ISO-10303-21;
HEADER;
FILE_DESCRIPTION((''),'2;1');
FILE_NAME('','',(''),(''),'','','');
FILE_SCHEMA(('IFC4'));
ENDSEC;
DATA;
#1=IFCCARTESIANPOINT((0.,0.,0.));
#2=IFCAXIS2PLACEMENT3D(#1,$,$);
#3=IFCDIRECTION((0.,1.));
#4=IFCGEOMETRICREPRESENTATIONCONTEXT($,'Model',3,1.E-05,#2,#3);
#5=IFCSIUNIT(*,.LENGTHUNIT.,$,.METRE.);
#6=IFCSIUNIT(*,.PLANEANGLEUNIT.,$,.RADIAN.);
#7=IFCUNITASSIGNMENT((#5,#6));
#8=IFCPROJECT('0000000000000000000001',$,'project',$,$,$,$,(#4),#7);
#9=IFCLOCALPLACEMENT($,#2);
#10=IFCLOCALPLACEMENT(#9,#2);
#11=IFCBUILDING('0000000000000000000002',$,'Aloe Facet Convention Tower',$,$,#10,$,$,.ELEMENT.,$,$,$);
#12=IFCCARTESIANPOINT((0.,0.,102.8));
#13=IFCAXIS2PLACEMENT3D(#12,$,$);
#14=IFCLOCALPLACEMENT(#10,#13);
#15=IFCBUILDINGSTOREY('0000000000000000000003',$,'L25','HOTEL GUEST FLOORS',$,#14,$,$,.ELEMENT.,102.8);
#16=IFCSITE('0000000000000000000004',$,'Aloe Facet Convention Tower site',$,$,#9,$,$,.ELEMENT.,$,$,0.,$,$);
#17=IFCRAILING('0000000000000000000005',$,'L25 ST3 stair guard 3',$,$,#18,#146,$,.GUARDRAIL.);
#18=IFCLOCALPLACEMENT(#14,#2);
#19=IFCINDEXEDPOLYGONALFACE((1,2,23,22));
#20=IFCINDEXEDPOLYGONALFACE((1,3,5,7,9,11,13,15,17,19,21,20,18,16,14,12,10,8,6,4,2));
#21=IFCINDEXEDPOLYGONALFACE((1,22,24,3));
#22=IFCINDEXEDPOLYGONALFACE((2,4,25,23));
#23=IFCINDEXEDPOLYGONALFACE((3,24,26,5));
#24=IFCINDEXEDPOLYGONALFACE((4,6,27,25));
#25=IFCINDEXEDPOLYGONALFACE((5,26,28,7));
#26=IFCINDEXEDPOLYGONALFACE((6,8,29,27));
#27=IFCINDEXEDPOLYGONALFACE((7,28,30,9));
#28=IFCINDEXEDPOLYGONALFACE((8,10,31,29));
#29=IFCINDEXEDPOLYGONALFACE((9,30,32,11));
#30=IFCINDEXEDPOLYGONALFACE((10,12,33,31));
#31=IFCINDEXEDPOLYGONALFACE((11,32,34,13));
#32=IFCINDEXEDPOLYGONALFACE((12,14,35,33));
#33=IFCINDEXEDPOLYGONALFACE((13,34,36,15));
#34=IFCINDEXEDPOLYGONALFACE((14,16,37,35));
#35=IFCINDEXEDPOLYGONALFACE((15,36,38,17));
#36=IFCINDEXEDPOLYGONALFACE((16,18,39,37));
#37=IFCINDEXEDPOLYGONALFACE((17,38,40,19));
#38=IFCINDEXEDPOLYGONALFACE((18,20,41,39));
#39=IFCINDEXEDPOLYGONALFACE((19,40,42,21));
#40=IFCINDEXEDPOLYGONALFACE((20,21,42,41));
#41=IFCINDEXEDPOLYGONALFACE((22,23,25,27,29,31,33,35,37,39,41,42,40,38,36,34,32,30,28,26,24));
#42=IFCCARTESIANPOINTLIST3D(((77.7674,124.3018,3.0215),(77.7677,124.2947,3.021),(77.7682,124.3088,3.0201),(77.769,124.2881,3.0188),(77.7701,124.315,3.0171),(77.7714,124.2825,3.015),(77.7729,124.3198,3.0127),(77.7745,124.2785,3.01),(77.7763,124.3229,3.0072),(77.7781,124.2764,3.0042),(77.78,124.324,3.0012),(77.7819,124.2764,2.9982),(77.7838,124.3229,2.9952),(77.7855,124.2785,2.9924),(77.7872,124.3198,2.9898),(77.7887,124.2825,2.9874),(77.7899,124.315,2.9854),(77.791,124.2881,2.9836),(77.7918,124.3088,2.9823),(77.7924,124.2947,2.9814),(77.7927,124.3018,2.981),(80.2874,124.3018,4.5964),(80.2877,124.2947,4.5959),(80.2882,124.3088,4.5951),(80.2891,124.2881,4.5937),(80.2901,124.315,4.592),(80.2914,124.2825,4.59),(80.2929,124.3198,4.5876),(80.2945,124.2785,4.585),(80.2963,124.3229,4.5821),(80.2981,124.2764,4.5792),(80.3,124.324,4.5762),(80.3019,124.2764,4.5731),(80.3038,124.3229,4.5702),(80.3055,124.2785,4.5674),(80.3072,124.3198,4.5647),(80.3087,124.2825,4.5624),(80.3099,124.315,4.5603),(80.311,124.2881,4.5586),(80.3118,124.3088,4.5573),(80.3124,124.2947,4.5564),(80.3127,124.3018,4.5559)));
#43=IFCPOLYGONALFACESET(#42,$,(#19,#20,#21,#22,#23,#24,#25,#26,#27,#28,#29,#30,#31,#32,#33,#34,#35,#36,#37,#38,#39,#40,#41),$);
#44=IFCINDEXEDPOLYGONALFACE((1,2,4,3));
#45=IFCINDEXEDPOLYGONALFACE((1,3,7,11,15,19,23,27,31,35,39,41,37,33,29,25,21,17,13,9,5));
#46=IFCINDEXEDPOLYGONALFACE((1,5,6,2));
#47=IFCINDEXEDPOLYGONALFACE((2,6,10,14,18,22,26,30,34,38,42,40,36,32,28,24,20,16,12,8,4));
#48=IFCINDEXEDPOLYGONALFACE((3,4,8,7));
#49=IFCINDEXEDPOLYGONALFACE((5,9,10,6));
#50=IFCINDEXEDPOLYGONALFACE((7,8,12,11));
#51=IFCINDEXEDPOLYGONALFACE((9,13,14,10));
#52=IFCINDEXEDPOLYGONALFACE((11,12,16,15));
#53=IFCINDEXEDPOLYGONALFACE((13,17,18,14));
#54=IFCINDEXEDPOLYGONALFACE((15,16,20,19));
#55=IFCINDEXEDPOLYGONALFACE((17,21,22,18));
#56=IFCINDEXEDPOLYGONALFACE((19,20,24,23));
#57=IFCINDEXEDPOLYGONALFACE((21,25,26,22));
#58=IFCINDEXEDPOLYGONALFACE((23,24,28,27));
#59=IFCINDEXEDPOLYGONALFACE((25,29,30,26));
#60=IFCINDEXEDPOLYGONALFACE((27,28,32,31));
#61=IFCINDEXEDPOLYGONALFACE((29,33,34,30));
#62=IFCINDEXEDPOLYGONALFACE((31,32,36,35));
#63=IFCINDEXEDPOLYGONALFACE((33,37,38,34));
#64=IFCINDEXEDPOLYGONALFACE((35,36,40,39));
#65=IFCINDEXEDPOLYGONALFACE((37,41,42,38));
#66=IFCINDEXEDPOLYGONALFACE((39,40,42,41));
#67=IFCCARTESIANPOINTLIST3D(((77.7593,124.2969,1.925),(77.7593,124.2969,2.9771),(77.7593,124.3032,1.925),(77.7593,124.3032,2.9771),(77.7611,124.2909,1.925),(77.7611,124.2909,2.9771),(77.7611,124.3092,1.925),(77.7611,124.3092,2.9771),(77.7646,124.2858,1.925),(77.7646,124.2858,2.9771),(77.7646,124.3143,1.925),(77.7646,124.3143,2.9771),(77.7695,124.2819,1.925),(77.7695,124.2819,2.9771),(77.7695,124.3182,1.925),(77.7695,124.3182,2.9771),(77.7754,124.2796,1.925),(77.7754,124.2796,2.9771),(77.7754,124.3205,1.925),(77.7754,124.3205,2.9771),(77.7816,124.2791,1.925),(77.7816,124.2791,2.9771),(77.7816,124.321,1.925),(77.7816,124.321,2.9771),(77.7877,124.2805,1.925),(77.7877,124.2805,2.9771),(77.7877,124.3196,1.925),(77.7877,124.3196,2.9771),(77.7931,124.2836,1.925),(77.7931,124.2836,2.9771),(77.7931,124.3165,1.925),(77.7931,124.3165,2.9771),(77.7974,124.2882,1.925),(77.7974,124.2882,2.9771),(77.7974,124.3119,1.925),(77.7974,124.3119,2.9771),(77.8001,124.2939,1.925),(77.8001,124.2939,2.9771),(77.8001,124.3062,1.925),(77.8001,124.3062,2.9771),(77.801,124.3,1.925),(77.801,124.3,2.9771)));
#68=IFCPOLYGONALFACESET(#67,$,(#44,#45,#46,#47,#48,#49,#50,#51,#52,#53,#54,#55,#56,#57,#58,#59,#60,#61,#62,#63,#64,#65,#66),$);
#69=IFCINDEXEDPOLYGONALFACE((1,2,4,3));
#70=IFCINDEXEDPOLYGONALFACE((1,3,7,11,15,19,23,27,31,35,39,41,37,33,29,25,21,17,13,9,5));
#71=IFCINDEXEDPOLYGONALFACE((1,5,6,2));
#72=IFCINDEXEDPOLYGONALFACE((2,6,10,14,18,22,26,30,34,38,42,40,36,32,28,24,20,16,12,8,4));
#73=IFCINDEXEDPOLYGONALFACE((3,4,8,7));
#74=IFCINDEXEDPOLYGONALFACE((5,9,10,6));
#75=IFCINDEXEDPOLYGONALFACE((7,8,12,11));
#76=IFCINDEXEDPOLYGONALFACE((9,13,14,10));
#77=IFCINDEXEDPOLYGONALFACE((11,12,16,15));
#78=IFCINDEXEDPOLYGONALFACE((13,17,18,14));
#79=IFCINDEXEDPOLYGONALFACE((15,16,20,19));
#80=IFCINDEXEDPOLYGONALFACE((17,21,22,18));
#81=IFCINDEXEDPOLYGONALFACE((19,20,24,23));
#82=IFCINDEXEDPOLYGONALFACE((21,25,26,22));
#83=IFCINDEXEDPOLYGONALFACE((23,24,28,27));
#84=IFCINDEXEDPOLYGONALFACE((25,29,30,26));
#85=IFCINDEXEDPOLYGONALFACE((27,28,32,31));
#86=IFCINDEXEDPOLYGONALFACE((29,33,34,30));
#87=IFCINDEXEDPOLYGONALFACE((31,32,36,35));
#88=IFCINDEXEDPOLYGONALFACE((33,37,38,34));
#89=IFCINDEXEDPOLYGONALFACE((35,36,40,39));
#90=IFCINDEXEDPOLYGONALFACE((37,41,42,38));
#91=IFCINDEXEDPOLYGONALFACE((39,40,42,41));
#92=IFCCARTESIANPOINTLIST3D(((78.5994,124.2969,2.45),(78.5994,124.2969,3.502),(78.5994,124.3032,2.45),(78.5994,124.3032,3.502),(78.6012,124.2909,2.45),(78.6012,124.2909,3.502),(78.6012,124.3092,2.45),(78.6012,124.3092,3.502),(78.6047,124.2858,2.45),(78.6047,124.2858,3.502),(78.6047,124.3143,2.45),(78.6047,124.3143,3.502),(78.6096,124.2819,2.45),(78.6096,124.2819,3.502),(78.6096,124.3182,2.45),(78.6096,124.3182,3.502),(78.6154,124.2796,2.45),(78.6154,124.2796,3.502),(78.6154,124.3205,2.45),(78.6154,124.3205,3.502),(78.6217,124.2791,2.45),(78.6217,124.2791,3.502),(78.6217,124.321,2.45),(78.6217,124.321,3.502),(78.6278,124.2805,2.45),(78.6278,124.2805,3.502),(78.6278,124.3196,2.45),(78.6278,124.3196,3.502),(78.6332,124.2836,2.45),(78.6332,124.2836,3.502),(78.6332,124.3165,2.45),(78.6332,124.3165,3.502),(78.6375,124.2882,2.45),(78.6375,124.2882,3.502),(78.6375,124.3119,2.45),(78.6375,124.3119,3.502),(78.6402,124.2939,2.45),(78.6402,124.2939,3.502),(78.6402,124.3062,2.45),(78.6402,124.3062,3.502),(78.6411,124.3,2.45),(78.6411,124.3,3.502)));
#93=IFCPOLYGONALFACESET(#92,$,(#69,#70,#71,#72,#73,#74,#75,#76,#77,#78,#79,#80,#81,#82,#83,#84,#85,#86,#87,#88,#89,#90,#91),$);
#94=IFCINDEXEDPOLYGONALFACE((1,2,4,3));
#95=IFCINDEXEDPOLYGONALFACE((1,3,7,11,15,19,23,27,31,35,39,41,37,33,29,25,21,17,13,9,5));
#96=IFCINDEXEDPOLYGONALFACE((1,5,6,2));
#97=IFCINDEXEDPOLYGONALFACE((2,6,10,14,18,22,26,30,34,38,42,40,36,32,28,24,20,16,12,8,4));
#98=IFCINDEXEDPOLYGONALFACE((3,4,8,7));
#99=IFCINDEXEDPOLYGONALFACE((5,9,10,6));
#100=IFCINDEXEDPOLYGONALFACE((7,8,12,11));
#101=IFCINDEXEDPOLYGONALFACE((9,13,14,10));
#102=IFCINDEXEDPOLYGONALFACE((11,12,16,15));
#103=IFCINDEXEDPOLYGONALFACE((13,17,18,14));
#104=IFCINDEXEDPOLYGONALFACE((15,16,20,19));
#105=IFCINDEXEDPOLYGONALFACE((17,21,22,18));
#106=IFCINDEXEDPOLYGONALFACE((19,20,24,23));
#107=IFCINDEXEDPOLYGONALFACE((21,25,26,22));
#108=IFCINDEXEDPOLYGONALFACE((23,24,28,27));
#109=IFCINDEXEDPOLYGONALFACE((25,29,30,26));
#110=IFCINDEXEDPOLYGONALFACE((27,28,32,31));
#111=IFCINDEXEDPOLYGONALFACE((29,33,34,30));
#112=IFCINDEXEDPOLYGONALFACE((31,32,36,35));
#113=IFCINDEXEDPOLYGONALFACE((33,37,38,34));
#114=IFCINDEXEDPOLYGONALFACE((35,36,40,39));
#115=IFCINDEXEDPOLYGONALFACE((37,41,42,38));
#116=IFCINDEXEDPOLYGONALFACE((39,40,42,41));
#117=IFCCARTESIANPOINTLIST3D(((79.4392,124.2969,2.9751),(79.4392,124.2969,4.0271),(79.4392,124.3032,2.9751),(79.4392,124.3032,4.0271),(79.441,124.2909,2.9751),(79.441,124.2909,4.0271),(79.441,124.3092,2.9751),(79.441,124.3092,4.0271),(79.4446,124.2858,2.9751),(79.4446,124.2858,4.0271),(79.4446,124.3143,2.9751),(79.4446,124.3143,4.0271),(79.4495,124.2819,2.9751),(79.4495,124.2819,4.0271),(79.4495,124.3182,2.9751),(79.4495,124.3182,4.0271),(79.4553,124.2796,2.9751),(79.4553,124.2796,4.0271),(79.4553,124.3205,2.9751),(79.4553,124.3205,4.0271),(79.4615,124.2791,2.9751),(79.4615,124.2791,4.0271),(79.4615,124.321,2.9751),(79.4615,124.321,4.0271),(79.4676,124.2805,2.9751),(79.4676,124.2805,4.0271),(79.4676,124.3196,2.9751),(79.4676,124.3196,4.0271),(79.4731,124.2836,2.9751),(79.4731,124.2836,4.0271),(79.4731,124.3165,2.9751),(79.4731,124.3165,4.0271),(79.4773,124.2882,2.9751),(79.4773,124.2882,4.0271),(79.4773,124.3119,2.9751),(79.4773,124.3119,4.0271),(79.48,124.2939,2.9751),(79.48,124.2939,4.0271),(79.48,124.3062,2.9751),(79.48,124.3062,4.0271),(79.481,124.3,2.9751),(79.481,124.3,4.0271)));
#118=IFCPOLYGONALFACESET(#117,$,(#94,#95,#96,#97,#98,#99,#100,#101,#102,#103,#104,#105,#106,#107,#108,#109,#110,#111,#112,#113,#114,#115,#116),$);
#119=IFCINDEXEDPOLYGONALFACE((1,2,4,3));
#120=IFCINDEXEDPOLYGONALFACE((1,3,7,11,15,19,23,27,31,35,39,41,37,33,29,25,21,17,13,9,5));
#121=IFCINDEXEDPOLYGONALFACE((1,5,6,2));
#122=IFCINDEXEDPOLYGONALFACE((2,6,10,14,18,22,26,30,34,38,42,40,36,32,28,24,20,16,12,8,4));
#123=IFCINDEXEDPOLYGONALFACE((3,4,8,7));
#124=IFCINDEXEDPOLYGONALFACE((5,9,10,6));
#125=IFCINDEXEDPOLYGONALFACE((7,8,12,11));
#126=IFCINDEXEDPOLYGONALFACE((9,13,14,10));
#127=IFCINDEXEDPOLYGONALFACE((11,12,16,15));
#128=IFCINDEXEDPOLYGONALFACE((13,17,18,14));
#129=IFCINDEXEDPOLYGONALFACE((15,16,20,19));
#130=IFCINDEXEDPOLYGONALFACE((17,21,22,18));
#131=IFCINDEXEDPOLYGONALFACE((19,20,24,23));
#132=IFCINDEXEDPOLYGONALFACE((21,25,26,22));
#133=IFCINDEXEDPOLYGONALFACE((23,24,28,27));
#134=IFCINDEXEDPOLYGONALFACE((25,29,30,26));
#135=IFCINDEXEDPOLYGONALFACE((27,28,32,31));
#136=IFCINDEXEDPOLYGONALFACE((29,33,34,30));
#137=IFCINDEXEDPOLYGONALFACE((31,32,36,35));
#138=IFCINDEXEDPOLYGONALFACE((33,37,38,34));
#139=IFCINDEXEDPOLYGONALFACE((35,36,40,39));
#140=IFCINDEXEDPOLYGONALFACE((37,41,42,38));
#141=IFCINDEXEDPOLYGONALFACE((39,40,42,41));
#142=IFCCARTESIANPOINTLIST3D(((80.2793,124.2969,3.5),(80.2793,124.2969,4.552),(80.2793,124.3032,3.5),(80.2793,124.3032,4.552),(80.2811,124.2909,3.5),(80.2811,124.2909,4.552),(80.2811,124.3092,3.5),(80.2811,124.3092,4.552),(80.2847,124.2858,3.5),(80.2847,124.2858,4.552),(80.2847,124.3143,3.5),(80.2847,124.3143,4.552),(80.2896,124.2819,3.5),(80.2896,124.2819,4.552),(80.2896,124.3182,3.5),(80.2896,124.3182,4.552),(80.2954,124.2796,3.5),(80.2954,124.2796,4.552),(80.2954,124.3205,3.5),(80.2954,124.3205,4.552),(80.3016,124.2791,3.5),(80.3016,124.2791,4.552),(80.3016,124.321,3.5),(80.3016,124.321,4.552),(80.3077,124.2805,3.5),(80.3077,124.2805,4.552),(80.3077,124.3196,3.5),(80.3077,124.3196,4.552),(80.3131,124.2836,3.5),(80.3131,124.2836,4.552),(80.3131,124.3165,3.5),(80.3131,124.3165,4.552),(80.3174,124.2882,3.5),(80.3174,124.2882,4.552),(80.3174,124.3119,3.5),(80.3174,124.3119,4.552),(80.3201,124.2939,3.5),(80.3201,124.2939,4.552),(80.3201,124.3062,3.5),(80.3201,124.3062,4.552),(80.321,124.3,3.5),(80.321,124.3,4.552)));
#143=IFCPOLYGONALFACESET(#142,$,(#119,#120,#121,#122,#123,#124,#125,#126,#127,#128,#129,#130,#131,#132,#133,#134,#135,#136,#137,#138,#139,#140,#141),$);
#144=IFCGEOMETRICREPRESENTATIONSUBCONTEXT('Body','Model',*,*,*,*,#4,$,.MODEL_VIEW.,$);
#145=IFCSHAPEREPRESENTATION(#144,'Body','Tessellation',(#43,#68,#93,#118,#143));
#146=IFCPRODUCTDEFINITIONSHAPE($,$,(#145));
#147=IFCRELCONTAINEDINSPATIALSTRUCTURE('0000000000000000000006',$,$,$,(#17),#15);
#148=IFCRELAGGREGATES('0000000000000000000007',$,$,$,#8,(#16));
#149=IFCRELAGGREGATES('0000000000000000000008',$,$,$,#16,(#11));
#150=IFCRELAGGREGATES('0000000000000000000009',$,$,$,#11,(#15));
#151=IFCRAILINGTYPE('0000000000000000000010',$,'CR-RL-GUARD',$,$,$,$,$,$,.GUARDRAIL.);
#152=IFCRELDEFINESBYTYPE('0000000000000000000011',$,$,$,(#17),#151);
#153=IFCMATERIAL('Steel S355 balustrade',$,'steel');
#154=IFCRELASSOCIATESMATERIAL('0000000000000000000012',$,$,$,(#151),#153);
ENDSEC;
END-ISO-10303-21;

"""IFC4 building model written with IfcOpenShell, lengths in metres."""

from ifc_helpers import new_model, si_unit, direction, frame, origin, origin_2d, place, context, subcontext, project, spatial, circle, extrude, material, type_object, element, save


model = new_model("IFC4")

# Units and contexts
model_context = context("Model", 3, precision=1e-05, world=origin(), true_north=direction((0.0, 1.0)))
body_context = subcontext(model_context, "Body", "Model", "MODEL_VIEW")
ifc_project = project(units=[si_unit("LENGTHUNIT", "METRE"), si_unit("PLANEANGLEUNIT", "RADIAN")], contexts=[model_context])

# Site, building, storey
site_placement = place(None, origin())
site = spatial("IfcSite", under=ifc_project, at=site_placement, Name="Aloe Facet Convention Tower site", CompositionType="ELEMENT", RefElevation=0.0)
building_placement = place(site_placement, origin())
building = spatial("IfcBuilding", under=site, at=building_placement, Name="Aloe Facet Convention Tower", CompositionType="ELEMENT")
storey_placement = place(building_placement, frame((0.0, 0.0, 102.8)))
storey = spatial("IfcBuildingStorey", under=building, at=storey_placement, Name="L25", Description="HOTEL GUEST FLOORS", CompositionType="ELEMENT", Elevation=102.8)

# Railing
ifc_material_1 = material(Name="Steel S355 balustrade", Category="steel")
railing_type_1 = type_object("IfcRailingType", Name="CR-RL-GUARD", PredefinedType="GUARDRAIL", material=ifc_material_1)
railing_1_placement = place(storey_placement, frame((77.78, 124.3, 1.925)))
element("IfcRailing", 1, at=railing_1_placement, inside=storey, type_object=railing_type_1, Name="L25 ST3 stair guard 3", PredefinedType="GUARDRAIL", context=body_context, shape_type="SweptSolid", body=[
    extrude(circle(Radius=0.0239, at=origin_2d()), frame((0.0, 0.0, 1.0762), z_axis=(0.848008, 0.0, 0.529984), x_axis=(0.0, 1.0, 0.0)), (0.0, 0.0, 1.0), 2.9717),
    extrude(circle(Radius=0.021, at=origin_2d()), origin(), (0.0, 0.0, 1.0), 1.052),
    extrude(circle(Radius=0.021, at=origin_2d()), frame((0.8401, 0.0, 0.5249)), (0.0, 0.0, 1.0), 1.052),
    extrude(circle(Radius=0.021, at=origin_2d()), frame((1.6799, 0.0, 1.05)), (0.0, 0.0, 1.0), 1.052),
    extrude(circle(Radius=0.021, at=origin_2d()), frame((2.52, 0.0, 1.575)), (0.0, 0.0, 1.0), 1.052),
])

save(model, "model.ifc")
